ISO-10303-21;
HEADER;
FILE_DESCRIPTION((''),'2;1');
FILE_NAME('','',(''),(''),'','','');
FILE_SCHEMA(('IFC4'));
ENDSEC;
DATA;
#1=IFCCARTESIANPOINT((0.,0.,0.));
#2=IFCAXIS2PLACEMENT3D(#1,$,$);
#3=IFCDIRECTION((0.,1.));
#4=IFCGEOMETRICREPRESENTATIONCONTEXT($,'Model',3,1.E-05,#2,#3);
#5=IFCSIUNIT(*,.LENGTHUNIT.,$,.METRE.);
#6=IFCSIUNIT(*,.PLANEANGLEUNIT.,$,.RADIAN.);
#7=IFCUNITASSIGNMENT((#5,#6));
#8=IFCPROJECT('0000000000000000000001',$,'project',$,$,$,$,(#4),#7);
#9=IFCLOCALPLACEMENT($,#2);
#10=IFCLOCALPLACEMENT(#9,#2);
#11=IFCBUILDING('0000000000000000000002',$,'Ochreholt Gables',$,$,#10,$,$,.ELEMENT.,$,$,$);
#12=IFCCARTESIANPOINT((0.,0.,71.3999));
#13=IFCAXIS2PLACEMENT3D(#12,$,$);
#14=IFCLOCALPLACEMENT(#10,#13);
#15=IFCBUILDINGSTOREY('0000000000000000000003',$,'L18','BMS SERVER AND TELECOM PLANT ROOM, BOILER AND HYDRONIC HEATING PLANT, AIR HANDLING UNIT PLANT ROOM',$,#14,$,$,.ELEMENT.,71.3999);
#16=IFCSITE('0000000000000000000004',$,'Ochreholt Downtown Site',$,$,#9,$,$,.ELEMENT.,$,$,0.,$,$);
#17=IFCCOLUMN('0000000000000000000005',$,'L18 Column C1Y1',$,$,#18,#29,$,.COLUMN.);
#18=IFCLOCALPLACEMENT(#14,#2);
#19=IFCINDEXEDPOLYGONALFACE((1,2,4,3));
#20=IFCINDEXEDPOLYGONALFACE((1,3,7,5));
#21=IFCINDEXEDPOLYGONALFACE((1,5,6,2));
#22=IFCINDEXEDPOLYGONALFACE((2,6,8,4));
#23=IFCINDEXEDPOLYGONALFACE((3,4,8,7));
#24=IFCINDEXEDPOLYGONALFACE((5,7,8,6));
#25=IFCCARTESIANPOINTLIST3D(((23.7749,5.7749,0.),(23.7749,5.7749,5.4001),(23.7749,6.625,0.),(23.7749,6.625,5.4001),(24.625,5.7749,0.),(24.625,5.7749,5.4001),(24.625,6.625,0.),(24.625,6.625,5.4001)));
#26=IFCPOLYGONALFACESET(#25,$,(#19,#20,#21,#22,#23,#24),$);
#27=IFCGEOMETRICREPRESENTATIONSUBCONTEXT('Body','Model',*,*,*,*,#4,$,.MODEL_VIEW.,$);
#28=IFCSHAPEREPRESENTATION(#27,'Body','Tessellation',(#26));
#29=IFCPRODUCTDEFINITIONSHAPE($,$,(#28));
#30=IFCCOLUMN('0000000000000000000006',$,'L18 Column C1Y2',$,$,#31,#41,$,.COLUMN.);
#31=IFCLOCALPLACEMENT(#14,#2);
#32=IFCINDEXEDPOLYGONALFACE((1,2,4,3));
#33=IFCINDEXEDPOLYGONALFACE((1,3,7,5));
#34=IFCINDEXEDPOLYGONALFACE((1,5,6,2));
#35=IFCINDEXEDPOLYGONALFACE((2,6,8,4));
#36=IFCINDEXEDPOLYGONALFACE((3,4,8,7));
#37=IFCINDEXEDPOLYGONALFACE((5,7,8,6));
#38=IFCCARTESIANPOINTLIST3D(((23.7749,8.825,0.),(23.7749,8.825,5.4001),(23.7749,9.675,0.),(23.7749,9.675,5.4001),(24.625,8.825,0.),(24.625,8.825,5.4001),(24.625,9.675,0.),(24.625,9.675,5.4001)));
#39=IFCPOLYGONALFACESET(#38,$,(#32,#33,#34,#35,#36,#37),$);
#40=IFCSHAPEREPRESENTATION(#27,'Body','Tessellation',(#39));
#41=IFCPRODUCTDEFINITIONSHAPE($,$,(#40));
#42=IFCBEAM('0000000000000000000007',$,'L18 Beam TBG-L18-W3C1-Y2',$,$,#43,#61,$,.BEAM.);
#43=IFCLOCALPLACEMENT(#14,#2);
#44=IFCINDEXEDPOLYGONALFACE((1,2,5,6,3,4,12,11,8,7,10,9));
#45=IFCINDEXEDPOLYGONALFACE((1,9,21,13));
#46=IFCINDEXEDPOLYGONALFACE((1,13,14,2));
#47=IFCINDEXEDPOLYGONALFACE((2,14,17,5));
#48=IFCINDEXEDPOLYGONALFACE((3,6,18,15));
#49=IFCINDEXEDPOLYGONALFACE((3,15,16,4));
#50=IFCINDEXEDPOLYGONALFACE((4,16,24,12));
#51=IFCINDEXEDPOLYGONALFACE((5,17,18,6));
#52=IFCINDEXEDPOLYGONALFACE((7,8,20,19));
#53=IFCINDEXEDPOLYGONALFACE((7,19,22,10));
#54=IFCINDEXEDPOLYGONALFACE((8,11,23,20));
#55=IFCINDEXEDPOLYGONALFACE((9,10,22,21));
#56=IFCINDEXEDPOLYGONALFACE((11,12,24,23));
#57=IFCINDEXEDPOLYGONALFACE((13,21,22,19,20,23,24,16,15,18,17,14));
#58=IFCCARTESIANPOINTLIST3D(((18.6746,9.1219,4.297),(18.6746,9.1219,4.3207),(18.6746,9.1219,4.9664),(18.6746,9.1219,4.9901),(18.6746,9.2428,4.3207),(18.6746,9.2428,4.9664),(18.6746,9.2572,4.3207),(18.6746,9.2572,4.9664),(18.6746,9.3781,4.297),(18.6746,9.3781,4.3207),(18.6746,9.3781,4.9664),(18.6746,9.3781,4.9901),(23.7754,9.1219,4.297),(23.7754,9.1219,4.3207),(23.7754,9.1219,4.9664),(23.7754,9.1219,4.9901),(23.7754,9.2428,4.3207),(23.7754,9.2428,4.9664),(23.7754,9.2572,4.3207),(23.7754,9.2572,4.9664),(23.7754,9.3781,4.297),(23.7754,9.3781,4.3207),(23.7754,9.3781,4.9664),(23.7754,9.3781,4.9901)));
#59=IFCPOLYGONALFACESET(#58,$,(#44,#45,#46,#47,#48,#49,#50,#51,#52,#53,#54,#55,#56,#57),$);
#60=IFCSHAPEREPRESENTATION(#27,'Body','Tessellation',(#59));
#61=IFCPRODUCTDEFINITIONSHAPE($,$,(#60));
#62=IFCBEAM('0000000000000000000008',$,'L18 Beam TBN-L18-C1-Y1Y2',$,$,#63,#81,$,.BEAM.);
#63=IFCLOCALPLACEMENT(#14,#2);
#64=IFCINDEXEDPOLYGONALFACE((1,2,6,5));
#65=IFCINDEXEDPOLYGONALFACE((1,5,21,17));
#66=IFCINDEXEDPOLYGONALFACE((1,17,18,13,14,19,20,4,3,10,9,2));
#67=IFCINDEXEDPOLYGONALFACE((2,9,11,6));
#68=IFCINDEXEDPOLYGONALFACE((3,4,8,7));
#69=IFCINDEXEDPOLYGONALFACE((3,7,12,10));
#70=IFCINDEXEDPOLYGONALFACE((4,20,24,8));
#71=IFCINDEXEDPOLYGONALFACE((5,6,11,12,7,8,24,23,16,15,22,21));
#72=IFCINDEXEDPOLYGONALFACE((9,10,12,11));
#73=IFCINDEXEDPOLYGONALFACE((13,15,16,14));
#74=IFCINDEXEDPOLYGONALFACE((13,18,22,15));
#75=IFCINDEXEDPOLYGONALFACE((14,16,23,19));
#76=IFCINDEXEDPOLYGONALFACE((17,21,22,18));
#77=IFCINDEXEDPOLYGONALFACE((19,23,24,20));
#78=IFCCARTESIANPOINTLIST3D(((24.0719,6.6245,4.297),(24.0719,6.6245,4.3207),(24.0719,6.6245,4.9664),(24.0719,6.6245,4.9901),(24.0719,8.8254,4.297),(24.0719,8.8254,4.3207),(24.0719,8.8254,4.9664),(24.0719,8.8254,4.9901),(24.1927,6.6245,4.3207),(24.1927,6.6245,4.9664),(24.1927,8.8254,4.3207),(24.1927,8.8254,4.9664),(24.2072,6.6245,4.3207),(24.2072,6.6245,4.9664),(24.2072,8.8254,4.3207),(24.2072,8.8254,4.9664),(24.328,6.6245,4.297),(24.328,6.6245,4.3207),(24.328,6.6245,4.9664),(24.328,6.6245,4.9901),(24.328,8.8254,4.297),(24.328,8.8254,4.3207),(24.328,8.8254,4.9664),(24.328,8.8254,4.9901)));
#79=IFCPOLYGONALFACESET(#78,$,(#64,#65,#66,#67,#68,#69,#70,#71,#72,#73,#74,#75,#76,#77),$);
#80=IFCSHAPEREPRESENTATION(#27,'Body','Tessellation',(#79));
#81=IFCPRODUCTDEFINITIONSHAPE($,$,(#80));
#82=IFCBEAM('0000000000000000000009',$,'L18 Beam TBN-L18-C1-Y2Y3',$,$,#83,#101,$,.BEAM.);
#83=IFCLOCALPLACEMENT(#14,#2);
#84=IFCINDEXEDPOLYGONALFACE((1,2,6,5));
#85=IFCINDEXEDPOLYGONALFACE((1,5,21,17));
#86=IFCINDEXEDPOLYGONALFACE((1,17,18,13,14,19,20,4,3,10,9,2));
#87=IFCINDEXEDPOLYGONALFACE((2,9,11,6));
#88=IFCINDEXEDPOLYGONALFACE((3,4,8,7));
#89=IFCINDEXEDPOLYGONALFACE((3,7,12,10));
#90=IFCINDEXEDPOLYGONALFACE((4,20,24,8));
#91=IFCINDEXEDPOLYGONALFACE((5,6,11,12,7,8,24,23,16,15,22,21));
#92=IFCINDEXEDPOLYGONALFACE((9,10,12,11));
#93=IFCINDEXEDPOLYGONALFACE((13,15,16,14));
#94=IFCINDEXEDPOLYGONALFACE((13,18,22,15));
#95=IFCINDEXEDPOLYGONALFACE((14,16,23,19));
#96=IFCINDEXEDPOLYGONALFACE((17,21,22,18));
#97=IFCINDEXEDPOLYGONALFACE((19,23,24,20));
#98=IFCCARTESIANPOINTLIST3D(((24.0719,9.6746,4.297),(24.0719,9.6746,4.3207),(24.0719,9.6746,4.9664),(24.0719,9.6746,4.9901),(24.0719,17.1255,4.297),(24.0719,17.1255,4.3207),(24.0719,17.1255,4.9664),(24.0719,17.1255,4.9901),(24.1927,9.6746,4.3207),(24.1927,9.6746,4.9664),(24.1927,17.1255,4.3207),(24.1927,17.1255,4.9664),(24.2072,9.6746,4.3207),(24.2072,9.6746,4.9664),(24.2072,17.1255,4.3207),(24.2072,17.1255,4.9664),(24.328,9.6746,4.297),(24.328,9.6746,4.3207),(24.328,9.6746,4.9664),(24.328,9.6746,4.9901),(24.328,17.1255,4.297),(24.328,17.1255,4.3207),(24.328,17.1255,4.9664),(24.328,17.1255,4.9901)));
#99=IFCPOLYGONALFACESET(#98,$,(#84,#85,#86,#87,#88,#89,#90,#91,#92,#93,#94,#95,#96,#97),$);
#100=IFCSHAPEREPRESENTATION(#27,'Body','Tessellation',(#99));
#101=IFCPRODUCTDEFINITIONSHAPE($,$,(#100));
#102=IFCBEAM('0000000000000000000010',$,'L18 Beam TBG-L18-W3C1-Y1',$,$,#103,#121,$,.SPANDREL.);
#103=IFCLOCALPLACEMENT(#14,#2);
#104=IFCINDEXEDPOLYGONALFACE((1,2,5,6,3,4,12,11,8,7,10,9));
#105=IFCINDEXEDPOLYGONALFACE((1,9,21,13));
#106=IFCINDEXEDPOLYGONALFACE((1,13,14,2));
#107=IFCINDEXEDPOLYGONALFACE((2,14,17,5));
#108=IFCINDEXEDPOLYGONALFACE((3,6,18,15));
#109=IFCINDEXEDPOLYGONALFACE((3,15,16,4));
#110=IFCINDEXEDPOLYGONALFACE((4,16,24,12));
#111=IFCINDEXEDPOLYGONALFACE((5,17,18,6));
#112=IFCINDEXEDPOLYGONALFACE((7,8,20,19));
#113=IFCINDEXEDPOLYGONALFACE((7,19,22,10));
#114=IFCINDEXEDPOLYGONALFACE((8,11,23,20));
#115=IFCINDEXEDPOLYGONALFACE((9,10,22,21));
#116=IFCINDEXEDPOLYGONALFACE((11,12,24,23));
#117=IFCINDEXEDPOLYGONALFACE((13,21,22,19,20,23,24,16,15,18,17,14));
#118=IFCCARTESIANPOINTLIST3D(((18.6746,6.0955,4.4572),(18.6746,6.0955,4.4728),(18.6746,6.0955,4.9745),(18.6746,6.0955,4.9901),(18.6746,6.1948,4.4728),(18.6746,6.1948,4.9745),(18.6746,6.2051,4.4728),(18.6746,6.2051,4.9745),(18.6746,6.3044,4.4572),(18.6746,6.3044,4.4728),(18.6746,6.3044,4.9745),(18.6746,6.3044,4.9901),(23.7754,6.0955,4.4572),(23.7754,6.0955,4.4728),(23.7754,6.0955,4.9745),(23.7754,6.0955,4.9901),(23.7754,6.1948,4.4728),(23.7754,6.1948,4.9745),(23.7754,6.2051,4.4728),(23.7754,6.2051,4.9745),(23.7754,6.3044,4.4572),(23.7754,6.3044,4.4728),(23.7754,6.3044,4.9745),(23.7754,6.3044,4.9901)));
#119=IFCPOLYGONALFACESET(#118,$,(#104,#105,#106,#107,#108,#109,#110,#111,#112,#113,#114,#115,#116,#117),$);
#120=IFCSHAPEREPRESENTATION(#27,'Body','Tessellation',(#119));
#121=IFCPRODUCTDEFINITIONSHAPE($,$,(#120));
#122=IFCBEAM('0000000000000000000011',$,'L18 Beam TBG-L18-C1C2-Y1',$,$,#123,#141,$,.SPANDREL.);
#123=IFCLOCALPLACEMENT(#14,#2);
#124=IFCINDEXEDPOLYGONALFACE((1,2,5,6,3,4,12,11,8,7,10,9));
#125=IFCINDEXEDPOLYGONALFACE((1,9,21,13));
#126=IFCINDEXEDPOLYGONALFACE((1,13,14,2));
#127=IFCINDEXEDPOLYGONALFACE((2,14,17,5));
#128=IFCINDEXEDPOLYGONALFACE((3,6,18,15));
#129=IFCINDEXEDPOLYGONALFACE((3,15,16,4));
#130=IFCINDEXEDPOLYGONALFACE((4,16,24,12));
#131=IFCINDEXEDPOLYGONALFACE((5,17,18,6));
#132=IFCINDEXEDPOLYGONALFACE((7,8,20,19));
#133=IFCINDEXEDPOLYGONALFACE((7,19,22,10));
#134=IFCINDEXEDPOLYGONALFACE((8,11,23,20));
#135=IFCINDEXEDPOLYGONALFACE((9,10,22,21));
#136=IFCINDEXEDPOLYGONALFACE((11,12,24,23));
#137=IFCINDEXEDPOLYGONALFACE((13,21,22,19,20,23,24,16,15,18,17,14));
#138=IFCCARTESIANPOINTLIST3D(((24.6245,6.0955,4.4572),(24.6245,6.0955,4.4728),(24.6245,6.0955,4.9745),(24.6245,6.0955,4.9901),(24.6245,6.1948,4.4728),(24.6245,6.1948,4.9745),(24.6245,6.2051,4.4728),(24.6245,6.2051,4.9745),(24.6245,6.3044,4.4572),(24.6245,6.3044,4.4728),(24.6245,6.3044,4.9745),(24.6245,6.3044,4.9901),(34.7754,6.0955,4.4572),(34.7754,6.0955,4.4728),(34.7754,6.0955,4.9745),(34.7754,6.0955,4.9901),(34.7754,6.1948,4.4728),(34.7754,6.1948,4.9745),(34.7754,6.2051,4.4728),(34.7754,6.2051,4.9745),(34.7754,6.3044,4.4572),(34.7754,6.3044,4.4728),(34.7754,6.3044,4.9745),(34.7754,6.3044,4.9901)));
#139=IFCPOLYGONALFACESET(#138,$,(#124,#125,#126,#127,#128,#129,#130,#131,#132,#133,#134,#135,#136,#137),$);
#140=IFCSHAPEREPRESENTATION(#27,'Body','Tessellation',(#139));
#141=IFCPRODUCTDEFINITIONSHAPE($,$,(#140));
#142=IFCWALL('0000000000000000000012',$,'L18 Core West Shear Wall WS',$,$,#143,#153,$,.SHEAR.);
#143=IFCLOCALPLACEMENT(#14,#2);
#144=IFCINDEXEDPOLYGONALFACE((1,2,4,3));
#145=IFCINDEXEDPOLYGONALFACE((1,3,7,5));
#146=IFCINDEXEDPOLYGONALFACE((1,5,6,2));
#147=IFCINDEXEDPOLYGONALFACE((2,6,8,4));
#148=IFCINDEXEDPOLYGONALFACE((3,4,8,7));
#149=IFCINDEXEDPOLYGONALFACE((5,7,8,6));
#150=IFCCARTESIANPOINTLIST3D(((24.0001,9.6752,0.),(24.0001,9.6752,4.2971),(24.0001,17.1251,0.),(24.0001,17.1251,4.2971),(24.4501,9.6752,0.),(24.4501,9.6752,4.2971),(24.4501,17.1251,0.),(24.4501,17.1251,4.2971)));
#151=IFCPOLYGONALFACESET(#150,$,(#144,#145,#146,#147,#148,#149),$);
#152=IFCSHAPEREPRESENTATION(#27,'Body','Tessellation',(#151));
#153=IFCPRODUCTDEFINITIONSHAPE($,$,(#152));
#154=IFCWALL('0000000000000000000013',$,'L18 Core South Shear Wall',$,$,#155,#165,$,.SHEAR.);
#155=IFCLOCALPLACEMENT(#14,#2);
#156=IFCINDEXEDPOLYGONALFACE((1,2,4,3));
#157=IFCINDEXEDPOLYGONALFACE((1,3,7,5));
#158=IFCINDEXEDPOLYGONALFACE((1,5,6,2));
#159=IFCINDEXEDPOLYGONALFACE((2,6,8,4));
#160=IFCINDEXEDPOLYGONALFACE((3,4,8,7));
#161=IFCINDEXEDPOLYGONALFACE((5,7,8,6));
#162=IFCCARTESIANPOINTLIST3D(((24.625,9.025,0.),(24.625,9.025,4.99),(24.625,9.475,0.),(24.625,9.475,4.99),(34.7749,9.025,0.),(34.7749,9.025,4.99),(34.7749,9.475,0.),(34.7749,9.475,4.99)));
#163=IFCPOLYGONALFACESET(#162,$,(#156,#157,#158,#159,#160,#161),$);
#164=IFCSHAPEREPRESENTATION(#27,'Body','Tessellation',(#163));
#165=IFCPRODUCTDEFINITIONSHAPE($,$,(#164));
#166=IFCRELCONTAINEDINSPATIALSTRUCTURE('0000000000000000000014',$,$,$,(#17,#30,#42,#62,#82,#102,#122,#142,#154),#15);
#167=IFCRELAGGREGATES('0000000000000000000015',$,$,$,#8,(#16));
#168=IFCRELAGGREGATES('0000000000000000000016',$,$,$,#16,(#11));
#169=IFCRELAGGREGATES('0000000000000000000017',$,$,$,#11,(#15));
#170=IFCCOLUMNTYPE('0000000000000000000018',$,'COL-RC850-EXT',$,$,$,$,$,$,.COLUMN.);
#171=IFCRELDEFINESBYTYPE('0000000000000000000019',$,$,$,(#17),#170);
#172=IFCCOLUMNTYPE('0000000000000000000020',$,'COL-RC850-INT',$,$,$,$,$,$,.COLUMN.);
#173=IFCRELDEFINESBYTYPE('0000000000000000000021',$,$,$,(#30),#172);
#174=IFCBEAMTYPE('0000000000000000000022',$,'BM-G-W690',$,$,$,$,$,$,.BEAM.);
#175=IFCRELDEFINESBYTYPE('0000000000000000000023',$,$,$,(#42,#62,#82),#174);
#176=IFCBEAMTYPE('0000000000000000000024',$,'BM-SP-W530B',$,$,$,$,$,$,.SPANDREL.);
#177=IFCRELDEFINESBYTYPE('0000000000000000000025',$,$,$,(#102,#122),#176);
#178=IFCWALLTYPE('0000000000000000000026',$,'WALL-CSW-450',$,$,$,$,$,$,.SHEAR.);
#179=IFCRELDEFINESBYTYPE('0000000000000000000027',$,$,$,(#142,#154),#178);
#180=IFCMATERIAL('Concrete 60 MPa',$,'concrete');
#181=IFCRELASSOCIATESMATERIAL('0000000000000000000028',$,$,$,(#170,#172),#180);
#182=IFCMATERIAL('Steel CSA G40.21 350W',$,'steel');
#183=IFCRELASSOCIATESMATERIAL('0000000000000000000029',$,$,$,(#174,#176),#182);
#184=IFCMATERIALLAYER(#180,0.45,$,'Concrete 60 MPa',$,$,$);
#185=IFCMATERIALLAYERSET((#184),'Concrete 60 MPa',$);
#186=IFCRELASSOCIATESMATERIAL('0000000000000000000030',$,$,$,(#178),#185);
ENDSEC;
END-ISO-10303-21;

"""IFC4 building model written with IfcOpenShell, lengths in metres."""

from ifc_helpers import new_model, si_unit, direction, frame, frame_2d, origin, origin_2d, place, context, subcontext, project, spatial, rectangle, i_section, extrude, material, layer, layer_set, material_profile, profile_set, type_object, element, save


model = new_model("IFC4")

# Units and contexts
model_context = context("Model", 3, precision=1e-05, world=origin(), true_north=direction((0.0, 1.0)))
body_context = subcontext(model_context, "Body", "Model", "MODEL_VIEW")
ifc_project = project(units=[si_unit("LENGTHUNIT", "METRE"), si_unit("PLANEANGLEUNIT", "RADIAN")], contexts=[model_context])

# Site, building, storey
site_placement = place(None, origin())
site = spatial("IfcSite", under=ifc_project, at=site_placement, Name="Ochreholt Downtown Site", CompositionType="ELEMENT", RefElevation=0.0)
building_placement = place(site_placement, origin())
building = spatial("IfcBuilding", under=site, at=building_placement, Name="Ochreholt Gables", CompositionType="ELEMENT")
storey_placement = place(building_placement, frame((0.0, 0.0, 71.3999)))
storey = spatial("IfcBuildingStorey", under=building, at=storey_placement, Name="L18", Description="BMS SERVER AND TELECOM PLANT ROOM, BOILER AND HYDRONIC HEATING PLANT, AIR HANDLING UNIT PLANT ROOM", CompositionType="ELEMENT", Elevation=71.3999)

# Columns
ifc_material_1 = material(Name="Concrete 60 MPa", Category="concrete")
ifc_material_profile_1 = material_profile(ifc_material_1, rectangle(XDim=0.8501, YDim=0.8501, at=origin_2d()), Name="RC850X850")
ifc_profile_set_1 = profile_set([ifc_material_profile_1], Name="Concrete 60 MPa")
column_type_1 = type_object("IfcColumnType", Name="COL-RC850-EXT", PredefinedType="COLUMN", material=ifc_profile_set_1)
column_1_placement = place(storey_placement, frame((24.2, 6.2, 0.0), z_axis=(0.0, 0.0, 1.0), x_axis=(1.0, 0.0, 0.0)))
element("IfcColumn", 1, at=column_1_placement, inside=storey, type_object=column_type_1, Name="L18 Column C1Y1", PredefinedType="COLUMN", context=body_context, shape_type="SweptSolid", body=[
    extrude(rectangle(XDim=0.8501, YDim=0.8501, at=origin_2d()), origin(), (0.0, 0.0, 1.0), 5.4001),
])
ifc_material_profile_2 = material_profile(ifc_material_1, rectangle(XDim=0.8501, YDim=0.8501, at=origin_2d()), Name="RC850X850")
ifc_profile_set_2 = profile_set([ifc_material_profile_2], Name="Concrete 60 MPa")
column_type_2 = type_object("IfcColumnType", Name="COL-RC850-INT", PredefinedType="COLUMN", material=ifc_profile_set_2)
column_2_placement = place(storey_placement, frame((24.2, 9.25, 0.0), z_axis=(0.0, 0.0, 1.0), x_axis=(1.0, 0.0, 0.0)))
element("IfcColumn", 2, at=column_2_placement, inside=storey, type_object=column_type_2, Name="L18 Column C1Y2", PredefinedType="COLUMN", context=body_context, shape_type="SweptSolid", body=[
    extrude(rectangle(XDim=0.8501, YDim=0.8501, at=origin_2d()), origin(), (0.0, 0.0, 1.0), 5.4001),
])

# Beams
ifc_material_2 = material(Name="Steel CSA G40.21 350W", Category="steel")
ifc_material_profile_3 = material_profile(ifc_material_2, i_section(OverallWidth=0.2561, OverallDepth=0.6931, WebThickness=0.0144, FlangeThickness=0.0237, at=origin_2d()), Name="W690X170")
ifc_profile_set_3 = profile_set([ifc_material_profile_3], Name="Steel CSA G40.21 350W")
beam_type_1 = type_object("IfcBeamType", Name="BM-G-W690", PredefinedType="BEAM", material=ifc_profile_set_3)
beam_1_placement = place(storey_placement, frame((18.6746, 9.25, 4.6436), z_axis=(1.0, 0.0, 0.0), x_axis=(0.0, 1.0, 0.0)))
element("IfcBeam", 3, at=beam_1_placement, inside=storey, type_object=beam_type_1, Name="L18 Beam TBG-L18-W3C1-Y2", PredefinedType="BEAM", context=body_context, shape_type="SweptSolid", body=[
    extrude(i_section(OverallWidth=0.2561, OverallDepth=0.6931, WebThickness=0.0144, FlangeThickness=0.0237, at=origin_2d()), origin(), (0.0, 0.0, 1.0), 5.1008),
])
beam_2_placement = place(storey_placement, frame((24.2, 6.6245, 4.6436), z_axis=(0.0, 1.0, 0.0), x_axis=(-1.0, 0.0, 0.0)))
element("IfcBeam", 4, at=beam_2_placement, inside=storey, type_object=beam_type_1, Name="L18 Beam TBN-L18-C1-Y1Y2", PredefinedType="BEAM", context=body_context, shape_type="SweptSolid", body=[
    extrude(i_section(OverallWidth=0.2561, OverallDepth=0.6931, WebThickness=0.0144, FlangeThickness=0.0237, at=origin_2d()), origin(), (0.0, 0.0, 1.0), 2.2009),
])
beam_3_placement = place(storey_placement, frame((24.2, 9.6746, 4.6436), z_axis=(0.0, 1.0, 0.0), x_axis=(-1.0, 0.0, 0.0)))
element("IfcBeam", 5, at=beam_3_placement, inside=storey, type_object=beam_type_1, Name="L18 Beam TBN-L18-C1-Y2Y3", PredefinedType="BEAM", context=body_context, shape_type="SweptSolid", body=[
    extrude(i_section(OverallWidth=0.2561, OverallDepth=0.6931, WebThickness=0.0144, FlangeThickness=0.0237, at=origin_2d()), origin(), (0.0, 0.0, 1.0), 7.4509),
])
ifc_material_profile_4 = material_profile(ifc_material_2, i_section(OverallWidth=0.209, OverallDepth=0.533, WebThickness=0.0103, FlangeThickness=0.0156, at=origin_2d()), Name="W530X92")
ifc_profile_set_4 = profile_set([ifc_material_profile_4], Name="Steel CSA G40.21 350W")
beam_type_2 = type_object("IfcBeamType", Name="BM-SP-W530B", PredefinedType="SPANDREL", material=ifc_profile_set_4)
beam_4_placement = place(storey_placement, frame((18.6746, 6.2, 4.7236), z_axis=(1.0, 0.0, 0.0), x_axis=(0.0, 1.0, 0.0)))
element("IfcBeam", 6, at=beam_4_placement, inside=storey, type_object=beam_type_2, Name="L18 Beam TBG-L18-W3C1-Y1", PredefinedType="SPANDREL", context=body_context, shape_type="SweptSolid", body=[
    extrude(i_section(OverallWidth=0.209, OverallDepth=0.533, WebThickness=0.0103, FlangeThickness=0.0156, at=origin_2d()), origin(), (0.0, 0.0, 1.0), 5.1008),
])
beam_5_placement = place(storey_placement, frame((24.6245, 6.2, 4.7236), z_axis=(1.0, 0.0, 0.0), x_axis=(0.0, 1.0, 0.0)))
element("IfcBeam", 7, at=beam_5_placement, inside=storey, type_object=beam_type_2, Name="L18 Beam TBG-L18-C1C2-Y1", PredefinedType="SPANDREL", context=body_context, shape_type="SweptSolid", body=[
    extrude(i_section(OverallWidth=0.209, OverallDepth=0.533, WebThickness=0.0103, FlangeThickness=0.0156, at=origin_2d()), origin(), (0.0, 0.0, 1.0), 10.1509),
])

# Walls
ifc_layer_1 = layer(ifc_material_1, 0.45, Name="Concrete 60 MPa")
ifc_layer_set_1 = layer_set([ifc_layer_1], Name="Concrete 60 MPa")
wall_type_1 = type_object("IfcWallType", Name="WALL-CSW-450", PredefinedType="SHEAR", material=ifc_layer_set_1)
wall_1_placement = place(storey_placement, frame((24.2251, 9.675, 0.0), z_axis=(0.0, 0.0, 1.0), x_axis=(0.0, 1.0, 0.0)))
element("IfcWall", 8, at=wall_1_placement, inside=storey, type_object=wall_type_1, Name="L18 Core West Shear Wall WS", PredefinedType="SHEAR", context=body_context, shape_type="SweptSolid", body=[
    extrude(rectangle(XDim=7.45, YDim=0.45, at=frame_2d((3.7251, 0.0))), origin(), (0.0, 0.0, 1.0), 4.2971),
])
wall_2_placement = place(storey_placement, frame((24.625, 9.25, 0.0), z_axis=(0.0, 0.0, 1.0), x_axis=(1.0, 0.0, 0.0)))
element("IfcWall", 9, at=wall_2_placement, inside=storey, type_object=wall_type_1, Name="L18 Core South Shear Wall", PredefinedType="SHEAR", context=body_context, shape_type="SweptSolid", body=[
    extrude(rectangle(XDim=10.1499, YDim=0.45, at=frame_2d((5.075, 0.0))), origin(), (0.0, 0.0, 1.0), 4.99),
])

save(model, "model.ifc")
